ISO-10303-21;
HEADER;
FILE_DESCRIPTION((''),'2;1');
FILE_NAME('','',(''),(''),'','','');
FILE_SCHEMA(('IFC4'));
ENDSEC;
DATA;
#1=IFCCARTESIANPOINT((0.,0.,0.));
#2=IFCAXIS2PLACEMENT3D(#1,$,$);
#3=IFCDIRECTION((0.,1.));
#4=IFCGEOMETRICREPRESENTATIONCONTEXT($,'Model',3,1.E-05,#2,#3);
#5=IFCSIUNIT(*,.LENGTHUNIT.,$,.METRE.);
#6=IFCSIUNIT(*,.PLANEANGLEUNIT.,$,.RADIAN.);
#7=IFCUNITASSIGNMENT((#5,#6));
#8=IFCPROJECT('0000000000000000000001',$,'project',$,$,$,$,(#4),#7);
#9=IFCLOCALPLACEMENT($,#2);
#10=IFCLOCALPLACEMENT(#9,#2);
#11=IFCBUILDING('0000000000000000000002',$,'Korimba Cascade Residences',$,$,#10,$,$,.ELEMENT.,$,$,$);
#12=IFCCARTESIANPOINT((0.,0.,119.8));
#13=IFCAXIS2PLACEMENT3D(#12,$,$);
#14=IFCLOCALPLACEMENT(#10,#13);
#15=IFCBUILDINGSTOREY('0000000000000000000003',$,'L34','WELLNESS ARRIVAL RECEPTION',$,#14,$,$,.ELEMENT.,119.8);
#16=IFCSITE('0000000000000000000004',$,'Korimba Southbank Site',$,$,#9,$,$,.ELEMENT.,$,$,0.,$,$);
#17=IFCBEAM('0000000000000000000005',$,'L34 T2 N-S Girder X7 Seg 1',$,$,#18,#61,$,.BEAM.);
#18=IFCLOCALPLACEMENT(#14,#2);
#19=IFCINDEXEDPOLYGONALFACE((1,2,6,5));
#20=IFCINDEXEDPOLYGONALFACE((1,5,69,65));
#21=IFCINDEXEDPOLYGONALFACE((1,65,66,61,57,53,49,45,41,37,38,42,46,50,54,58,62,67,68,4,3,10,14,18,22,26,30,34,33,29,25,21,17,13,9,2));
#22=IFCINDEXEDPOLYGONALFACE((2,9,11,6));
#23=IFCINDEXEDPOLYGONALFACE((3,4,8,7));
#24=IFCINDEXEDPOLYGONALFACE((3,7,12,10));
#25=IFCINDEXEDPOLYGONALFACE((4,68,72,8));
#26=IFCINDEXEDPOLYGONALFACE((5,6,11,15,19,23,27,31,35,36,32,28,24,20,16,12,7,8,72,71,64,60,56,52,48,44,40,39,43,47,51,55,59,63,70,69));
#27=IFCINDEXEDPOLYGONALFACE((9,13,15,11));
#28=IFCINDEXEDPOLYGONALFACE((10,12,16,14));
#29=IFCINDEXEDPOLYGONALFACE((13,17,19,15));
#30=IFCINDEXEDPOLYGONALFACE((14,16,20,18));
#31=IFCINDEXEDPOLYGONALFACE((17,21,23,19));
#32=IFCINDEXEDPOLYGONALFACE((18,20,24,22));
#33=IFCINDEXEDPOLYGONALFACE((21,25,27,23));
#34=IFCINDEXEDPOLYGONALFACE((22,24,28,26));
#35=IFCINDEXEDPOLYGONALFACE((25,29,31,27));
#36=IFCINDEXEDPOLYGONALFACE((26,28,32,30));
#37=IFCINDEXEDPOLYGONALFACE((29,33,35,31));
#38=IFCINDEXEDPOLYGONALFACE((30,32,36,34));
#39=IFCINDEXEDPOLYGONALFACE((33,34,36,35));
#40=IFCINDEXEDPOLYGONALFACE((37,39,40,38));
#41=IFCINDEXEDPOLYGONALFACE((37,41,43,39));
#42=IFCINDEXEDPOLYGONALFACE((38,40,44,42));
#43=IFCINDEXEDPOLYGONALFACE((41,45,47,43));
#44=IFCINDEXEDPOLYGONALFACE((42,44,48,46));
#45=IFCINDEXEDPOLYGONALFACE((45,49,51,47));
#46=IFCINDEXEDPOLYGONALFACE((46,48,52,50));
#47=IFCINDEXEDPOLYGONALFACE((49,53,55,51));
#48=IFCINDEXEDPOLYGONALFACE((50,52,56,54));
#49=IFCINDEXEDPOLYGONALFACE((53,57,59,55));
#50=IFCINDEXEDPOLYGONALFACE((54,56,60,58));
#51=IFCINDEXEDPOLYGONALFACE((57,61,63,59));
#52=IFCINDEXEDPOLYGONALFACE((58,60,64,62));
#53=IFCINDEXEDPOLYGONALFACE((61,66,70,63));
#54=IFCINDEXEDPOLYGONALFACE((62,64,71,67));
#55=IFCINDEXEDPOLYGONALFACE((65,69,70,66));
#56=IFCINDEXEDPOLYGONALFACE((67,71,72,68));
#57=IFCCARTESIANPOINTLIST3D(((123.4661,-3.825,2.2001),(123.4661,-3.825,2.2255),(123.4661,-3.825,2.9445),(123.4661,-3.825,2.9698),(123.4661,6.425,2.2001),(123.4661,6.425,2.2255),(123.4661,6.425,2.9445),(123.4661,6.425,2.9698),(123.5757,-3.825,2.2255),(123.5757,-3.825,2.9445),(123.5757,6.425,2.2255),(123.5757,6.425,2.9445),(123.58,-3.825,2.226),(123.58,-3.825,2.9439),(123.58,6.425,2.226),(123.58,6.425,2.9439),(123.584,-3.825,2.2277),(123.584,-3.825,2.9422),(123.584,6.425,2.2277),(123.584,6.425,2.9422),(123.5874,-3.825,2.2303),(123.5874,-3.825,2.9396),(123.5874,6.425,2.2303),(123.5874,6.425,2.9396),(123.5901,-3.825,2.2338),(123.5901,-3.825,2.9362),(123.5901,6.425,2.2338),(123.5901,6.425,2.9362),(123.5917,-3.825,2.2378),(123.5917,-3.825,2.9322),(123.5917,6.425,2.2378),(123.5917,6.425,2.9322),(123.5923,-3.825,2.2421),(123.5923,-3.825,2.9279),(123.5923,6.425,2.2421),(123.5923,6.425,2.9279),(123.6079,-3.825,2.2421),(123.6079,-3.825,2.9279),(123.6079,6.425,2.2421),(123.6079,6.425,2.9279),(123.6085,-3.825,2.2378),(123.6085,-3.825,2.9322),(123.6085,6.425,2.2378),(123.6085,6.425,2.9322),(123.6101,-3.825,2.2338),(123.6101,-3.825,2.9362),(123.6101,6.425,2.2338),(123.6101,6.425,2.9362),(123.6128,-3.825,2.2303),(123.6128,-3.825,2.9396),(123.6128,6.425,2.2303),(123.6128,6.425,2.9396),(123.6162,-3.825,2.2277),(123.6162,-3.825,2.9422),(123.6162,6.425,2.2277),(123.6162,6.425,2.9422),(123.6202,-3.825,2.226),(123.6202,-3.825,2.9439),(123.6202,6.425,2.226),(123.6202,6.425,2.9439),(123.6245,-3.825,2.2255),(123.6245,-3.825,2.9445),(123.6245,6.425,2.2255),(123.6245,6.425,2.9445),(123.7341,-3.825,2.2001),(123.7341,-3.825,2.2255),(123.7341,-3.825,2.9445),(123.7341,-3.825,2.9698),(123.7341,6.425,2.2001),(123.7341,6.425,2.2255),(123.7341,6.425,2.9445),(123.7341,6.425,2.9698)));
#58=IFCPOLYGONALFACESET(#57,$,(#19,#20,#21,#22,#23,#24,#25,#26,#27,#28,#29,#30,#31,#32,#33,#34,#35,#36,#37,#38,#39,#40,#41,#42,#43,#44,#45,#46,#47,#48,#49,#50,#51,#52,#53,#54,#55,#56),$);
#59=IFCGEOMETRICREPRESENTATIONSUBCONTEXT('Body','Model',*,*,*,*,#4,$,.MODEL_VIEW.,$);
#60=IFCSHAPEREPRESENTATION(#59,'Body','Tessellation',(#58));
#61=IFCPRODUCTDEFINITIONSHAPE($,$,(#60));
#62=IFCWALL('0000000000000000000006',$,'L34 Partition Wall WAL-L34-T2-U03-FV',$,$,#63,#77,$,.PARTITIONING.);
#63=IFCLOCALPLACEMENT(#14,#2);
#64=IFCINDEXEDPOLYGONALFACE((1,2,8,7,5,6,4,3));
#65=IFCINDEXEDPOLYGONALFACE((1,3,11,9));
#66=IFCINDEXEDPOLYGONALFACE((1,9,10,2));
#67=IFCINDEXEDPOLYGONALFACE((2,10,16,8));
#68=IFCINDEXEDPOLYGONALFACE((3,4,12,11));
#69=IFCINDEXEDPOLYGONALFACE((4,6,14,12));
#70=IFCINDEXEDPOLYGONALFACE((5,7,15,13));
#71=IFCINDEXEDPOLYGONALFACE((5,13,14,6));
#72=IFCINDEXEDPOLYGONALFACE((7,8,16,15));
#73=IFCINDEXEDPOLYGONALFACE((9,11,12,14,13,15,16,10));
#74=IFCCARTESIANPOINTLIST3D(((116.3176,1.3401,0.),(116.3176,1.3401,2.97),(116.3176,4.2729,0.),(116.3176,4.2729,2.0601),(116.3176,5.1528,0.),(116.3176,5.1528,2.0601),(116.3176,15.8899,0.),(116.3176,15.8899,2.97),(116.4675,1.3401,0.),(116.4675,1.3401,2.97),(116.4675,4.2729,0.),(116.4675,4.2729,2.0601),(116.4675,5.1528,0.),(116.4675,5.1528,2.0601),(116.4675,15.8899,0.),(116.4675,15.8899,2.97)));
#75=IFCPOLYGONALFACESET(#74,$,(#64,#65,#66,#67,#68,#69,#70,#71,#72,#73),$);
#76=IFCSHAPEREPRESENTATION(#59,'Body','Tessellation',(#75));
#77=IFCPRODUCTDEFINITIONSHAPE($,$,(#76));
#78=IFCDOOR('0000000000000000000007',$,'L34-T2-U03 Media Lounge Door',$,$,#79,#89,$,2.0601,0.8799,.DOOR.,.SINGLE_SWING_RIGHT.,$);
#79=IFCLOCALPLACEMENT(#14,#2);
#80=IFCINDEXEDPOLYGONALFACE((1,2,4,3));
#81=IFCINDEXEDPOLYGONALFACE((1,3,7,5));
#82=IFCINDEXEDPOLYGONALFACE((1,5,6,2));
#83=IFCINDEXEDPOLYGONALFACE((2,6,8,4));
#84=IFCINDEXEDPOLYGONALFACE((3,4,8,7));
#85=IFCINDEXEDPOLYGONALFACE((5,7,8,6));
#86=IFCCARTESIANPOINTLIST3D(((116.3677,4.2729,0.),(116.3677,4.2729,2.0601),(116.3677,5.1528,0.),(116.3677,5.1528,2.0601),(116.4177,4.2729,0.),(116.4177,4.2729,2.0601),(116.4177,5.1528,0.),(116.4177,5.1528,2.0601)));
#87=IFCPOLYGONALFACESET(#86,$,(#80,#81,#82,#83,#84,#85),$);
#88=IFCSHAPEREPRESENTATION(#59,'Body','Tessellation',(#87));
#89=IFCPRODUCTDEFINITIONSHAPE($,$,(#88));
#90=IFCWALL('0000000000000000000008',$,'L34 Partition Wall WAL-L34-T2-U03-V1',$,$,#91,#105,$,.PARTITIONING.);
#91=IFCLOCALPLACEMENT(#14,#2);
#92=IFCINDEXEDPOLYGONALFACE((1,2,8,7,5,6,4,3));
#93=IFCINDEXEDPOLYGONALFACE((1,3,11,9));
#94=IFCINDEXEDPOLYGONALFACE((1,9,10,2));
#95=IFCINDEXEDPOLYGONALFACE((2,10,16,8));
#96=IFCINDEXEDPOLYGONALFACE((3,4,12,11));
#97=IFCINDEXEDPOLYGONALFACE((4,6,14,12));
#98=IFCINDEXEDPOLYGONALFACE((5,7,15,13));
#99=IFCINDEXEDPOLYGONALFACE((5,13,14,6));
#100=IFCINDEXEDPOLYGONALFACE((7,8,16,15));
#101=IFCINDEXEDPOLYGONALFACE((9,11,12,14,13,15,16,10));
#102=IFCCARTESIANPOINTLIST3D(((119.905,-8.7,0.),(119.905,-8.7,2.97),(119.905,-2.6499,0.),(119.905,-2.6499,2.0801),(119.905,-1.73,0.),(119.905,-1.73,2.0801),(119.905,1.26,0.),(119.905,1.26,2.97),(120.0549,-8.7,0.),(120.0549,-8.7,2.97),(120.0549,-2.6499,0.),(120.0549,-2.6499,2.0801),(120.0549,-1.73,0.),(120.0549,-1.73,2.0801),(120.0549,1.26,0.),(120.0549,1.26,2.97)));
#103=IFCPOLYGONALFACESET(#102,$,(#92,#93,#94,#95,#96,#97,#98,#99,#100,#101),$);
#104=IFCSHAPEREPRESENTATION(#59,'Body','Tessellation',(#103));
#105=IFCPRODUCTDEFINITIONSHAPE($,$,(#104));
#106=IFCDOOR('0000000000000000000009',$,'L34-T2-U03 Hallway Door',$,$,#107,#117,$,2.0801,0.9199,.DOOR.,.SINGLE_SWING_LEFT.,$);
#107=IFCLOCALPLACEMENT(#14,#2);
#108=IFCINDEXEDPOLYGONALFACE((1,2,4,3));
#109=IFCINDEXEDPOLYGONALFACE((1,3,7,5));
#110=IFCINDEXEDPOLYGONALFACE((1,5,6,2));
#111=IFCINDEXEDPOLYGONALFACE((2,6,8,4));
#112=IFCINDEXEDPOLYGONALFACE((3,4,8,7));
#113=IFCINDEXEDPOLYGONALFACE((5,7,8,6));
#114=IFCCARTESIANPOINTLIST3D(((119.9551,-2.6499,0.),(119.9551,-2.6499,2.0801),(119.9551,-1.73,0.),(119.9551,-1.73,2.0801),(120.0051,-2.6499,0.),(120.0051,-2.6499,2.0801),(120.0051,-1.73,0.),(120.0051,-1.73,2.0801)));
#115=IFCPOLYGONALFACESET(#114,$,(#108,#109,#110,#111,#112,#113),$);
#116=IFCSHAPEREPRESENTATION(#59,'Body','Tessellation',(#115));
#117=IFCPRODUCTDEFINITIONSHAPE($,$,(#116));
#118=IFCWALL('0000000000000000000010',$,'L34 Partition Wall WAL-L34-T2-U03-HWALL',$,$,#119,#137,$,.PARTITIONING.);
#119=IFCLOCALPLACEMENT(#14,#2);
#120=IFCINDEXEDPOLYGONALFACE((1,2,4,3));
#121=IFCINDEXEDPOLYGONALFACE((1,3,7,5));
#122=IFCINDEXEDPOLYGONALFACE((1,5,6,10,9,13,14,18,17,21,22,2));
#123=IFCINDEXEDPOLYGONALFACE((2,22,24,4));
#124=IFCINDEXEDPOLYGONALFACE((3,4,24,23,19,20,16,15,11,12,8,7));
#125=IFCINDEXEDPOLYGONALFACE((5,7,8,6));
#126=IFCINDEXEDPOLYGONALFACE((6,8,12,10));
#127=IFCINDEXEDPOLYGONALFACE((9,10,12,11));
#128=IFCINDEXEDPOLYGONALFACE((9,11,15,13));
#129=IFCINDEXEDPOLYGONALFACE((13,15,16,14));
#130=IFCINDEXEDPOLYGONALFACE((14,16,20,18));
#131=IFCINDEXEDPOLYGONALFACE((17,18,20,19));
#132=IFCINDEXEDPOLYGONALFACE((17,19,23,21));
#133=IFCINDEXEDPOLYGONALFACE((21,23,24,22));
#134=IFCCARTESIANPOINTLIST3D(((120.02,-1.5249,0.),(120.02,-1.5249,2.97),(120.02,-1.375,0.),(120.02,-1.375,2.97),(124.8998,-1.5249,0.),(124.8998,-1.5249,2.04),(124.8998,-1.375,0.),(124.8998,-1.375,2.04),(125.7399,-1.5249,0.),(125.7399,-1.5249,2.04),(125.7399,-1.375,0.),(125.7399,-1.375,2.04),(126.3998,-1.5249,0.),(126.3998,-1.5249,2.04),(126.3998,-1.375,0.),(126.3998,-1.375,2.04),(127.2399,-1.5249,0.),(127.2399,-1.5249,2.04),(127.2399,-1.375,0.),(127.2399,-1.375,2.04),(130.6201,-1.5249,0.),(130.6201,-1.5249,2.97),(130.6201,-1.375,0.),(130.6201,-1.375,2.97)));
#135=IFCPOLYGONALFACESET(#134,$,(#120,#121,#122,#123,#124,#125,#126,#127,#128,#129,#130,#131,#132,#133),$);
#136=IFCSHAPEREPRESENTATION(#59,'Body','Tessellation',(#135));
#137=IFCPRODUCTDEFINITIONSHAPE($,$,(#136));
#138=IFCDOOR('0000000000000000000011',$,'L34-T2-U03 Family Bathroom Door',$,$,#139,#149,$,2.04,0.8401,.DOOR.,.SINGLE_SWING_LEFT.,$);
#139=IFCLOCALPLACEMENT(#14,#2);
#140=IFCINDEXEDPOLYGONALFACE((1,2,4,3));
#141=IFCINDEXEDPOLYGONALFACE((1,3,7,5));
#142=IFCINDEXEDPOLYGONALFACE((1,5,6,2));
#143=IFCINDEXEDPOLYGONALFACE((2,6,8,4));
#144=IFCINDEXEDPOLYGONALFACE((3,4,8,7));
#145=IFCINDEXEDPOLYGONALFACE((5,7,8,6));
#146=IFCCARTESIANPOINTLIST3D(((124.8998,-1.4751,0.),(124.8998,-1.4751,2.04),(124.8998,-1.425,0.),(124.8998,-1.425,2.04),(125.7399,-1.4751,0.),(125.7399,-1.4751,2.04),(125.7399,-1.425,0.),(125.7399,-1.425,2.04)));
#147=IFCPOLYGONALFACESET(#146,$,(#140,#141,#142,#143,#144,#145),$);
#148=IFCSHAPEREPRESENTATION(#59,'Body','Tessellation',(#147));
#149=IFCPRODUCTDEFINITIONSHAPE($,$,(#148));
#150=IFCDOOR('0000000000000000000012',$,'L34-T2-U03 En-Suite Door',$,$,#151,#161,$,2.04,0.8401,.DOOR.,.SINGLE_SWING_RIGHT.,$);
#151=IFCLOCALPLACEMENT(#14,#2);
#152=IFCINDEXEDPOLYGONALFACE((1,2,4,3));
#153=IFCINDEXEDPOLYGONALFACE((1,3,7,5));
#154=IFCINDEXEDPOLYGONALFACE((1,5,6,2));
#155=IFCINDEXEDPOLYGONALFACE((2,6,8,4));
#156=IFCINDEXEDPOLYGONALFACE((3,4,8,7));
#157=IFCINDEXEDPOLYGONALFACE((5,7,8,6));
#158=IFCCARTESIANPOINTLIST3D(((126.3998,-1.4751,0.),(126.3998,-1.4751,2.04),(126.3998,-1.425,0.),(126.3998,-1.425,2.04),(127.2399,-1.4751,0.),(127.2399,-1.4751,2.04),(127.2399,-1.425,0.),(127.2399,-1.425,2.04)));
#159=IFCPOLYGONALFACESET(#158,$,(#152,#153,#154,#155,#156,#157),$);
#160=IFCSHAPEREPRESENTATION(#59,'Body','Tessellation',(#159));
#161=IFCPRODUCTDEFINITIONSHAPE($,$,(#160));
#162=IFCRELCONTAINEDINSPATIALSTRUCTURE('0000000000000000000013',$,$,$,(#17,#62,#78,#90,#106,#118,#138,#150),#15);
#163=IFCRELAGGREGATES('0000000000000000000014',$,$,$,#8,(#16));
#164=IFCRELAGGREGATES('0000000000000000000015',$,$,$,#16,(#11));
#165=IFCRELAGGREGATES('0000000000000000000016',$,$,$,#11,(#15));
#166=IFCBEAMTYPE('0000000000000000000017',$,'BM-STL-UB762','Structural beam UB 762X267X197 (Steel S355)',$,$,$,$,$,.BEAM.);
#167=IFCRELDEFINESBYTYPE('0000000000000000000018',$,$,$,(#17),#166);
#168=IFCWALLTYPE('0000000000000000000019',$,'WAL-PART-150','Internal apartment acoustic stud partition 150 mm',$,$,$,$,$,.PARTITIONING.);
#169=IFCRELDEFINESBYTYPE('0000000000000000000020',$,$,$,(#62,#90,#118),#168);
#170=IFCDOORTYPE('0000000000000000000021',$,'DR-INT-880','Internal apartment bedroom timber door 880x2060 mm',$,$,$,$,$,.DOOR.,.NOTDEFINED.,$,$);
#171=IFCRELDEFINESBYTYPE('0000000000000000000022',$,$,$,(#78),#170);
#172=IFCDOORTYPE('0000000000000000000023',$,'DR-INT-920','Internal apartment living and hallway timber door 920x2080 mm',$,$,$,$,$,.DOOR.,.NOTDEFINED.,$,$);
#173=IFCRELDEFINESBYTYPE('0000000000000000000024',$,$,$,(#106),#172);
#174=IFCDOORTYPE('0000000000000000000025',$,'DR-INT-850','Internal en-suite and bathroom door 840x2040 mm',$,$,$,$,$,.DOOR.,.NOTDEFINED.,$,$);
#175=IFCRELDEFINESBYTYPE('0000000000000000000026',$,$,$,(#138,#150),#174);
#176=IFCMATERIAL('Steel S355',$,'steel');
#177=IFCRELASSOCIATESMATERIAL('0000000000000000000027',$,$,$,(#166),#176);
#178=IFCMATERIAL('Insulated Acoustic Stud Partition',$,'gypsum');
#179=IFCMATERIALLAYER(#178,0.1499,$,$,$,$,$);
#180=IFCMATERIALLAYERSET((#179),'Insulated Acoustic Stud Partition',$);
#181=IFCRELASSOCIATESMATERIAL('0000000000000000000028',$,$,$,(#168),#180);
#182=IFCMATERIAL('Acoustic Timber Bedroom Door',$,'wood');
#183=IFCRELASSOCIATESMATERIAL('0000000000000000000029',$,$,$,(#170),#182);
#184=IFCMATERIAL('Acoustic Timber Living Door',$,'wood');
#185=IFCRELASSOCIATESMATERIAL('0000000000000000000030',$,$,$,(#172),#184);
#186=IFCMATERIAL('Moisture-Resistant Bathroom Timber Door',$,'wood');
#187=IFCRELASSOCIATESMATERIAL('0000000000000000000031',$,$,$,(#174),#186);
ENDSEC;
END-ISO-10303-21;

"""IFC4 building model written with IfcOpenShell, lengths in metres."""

from ifc_helpers import new_model, si_unit, direction, frame, frame_2d, origin, origin_2d, place, context, subcontext, project, spatial, rectangle, i_section, extrude, material, layer, layer_set, material_profile, profile_set, type_object, element, fill, save


model = new_model("IFC4")

# Units and contexts
model_context = context("Model", 3, precision=1e-05, world=origin(), true_north=direction((0.0, 1.0)))
body_context = subcontext(model_context, "Body", "Model", "MODEL_VIEW")
ifc_project = project(units=[si_unit("LENGTHUNIT", "METRE"), si_unit("PLANEANGLEUNIT", "RADIAN")], contexts=[model_context])

# Site, building, storey
site_placement = place(None, origin())
site = spatial("IfcSite", under=ifc_project, at=site_placement, Name="Korimba Southbank Site", CompositionType="ELEMENT", RefElevation=0.0)
building_placement = place(site_placement, origin())
building = spatial("IfcBuilding", under=site, at=building_placement, Name="Korimba Cascade Residences", CompositionType="ELEMENT")
storey_placement = place(building_placement, frame((0.0, 0.0, 119.8)))
storey = spatial("IfcBuildingStorey", under=building, at=storey_placement, Name="L34", Description="WELLNESS ARRIVAL RECEPTION", CompositionType="ELEMENT", Elevation=119.8)

# Beam
ifc_material_1 = material(Name="Steel S355", Category="steel")
ifc_material_profile_1 = material_profile(ifc_material_1, i_section(OverallWidth=0.2681, OverallDepth=0.7698, WebThickness=0.0156, FlangeThickness=0.0254, FilletRadius=0.0166, at=origin_2d()), Name="Steel S355")
ifc_profile_set_1 = profile_set([ifc_material_profile_1], Name="Steel S355")
beam_type_1 = type_object("IfcBeamType", Name="BM-STL-UB762", Description="Structural beam UB 762X267X197 (Steel S355)", PredefinedType="BEAM", material=ifc_profile_set_1)
for number, where, z_axis, x_axis, name in (
    (1, (123.6001, -3.825, 2.585), (0.0, 1.0, 0.0), (-1.0, 0.0, 0.0), "L34 T2 N-S Girder X7 Seg 1"),
):
    element("IfcBeam", number, at=place(storey_placement, frame(where, z_axis=z_axis, x_axis=x_axis)), inside=storey, type_object=beam_type_1, Name=name, PredefinedType="BEAM", context=body_context, shape_type="SweptSolid", body=[
        extrude(i_section(OverallWidth=0.2681, OverallDepth=0.7698, WebThickness=0.0156, FlangeThickness=0.0254, FilletRadius=0.0166, at=origin_2d()), origin(), (0.0, 0.0, 1.0), 10.25),
    ])

# Walls, openings, doors
ifc_material_2 = material(Name="Insulated Acoustic Stud Partition", Category="gypsum")
ifc_layer = layer(ifc_material_2, 0.1499)
ifc_layer_set = layer_set([ifc_layer], Name="Insulated Acoustic Stud Partition")
wall_type = type_object("IfcWallType", Name="WAL-PART-150", Description="Internal apartment acoustic stud partition 150 mm", PredefinedType="PARTITIONING", material=ifc_layer_set)
wall_1_placement = place(storey_placement, frame((116.3926, 1.3401, 0.0), z_axis=(0.0, 0.0, 1.0), x_axis=(0.0, 1.0, 0.0)))
wall_1 = element("IfcWall", 2, at=wall_1_placement, inside=storey, type_object=wall_type, Name="L34 Partition Wall WAL-L34-T2-U03-FV", PredefinedType="PARTITIONING", context=body_context, shape_type="SweptSolid", body=[
    extrude(rectangle(XDim=14.5498, YDim=0.1499, at=frame_2d((7.2749, 0.0))), origin(), (0.0, 0.0, 1.0), 2.97),
])
opening_1_placement = place(wall_1_placement, frame((2.9329, 0.0, 0.0)))
opening_1 = element("IfcOpeningElement", 3, at=opening_1_placement, cuts=wall_1, PredefinedType="OPENING", context=body_context, shape_type="SweptSolid", body=[
    extrude(rectangle(XDim=0.8799, YDim=2.0601, at=frame_2d((0.4399, 1.03))), frame((0.0, 0.085, 0.0), z_axis=(0.0, -1.0, 0.0), x_axis=(1.0, 0.0, 0.0)), (0.0, 0.0, 1.0), 0.1699),
])
ifc_material_3 = material(Name="Acoustic Timber Bedroom Door", Category="wood")
door_type_1 = type_object("IfcDoorType", Name="DR-INT-880", Description="Internal apartment bedroom timber door 880x2060 mm", OperationType="NOTDEFINED", PredefinedType="DOOR", material=ifc_material_3)
door_1_placement = place(opening_1_placement, origin())
door_1 = element("IfcDoor", 4, at=door_1_placement, inside=storey, type_object=door_type_1, Name="L34-T2-U03 Media Lounge Door", OperationType="SINGLE_SWING_RIGHT", OverallHeight=2.0601, OverallWidth=0.8799, PredefinedType="DOOR", context=body_context, shape_type="SweptSolid", body=[
    extrude(rectangle(XDim=0.8799, YDim=2.0601, at=frame_2d((0.4399, 1.03))), frame((0.0, 0.0249, 0.0), z_axis=(0.0, -1.0, 0.0), x_axis=(1.0, 0.0, 0.0)), (0.0, 0.0, 1.0), 0.05),
])
fill(opening_1, door_1)
wall_2_placement = place(storey_placement, frame((119.98, -8.7, 0.0), z_axis=(0.0, 0.0, 1.0), x_axis=(0.0, 1.0, 0.0)))
wall_2 = element("IfcWall", 5, at=wall_2_placement, inside=storey, type_object=wall_type, Name="L34 Partition Wall WAL-L34-T2-U03-V1", PredefinedType="PARTITIONING", context=body_context, shape_type="SweptSolid", body=[
    extrude(rectangle(XDim=9.96, YDim=0.1499, at=frame_2d((4.98, 0.0))), origin(), (0.0, 0.0, 1.0), 2.97),
])
opening_2_placement = place(wall_2_placement, frame((6.05, 0.0, 0.0)))
opening_2 = element("IfcOpeningElement", 6, at=opening_2_placement, cuts=wall_2, PredefinedType="OPENING", context=body_context, shape_type="SweptSolid", body=[
    extrude(rectangle(XDim=0.9199, YDim=2.0801, at=frame_2d((0.46, 1.04))), frame((0.0, 0.085, 0.0), z_axis=(0.0, -1.0, 0.0), x_axis=(1.0, 0.0, 0.0)), (0.0, 0.0, 1.0), 0.1699),
])
ifc_material_4 = material(Name="Acoustic Timber Living Door", Category="wood")
door_type_2 = type_object("IfcDoorType", Name="DR-INT-920", Description="Internal apartment living and hallway timber door 920x2080 mm", OperationType="NOTDEFINED", PredefinedType="DOOR", material=ifc_material_4)
door_2_placement = place(opening_2_placement, origin())
door_2 = element("IfcDoor", 7, at=door_2_placement, inside=storey, type_object=door_type_2, Name="L34-T2-U03 Hallway Door", OperationType="SINGLE_SWING_LEFT", OverallHeight=2.0801, OverallWidth=0.9199, PredefinedType="DOOR", context=body_context, shape_type="SweptSolid", body=[
    extrude(rectangle(XDim=0.9199, YDim=2.0801, at=frame_2d((0.46, 1.04))), frame((0.0, 0.0249, 0.0), z_axis=(0.0, -1.0, 0.0), x_axis=(1.0, 0.0, 0.0)), (0.0, 0.0, 1.0), 0.05),
])
fill(opening_2, door_2)

# Wall, openings, doors
wall_3_placement = place(storey_placement, frame((120.02, -1.45, 0.0), z_axis=(0.0, 0.0, 1.0), x_axis=(1.0, 0.0, 0.0)))
wall_3 = element("IfcWall", 8, at=wall_3_placement, inside=storey, type_object=wall_type, Name="L34 Partition Wall WAL-L34-T2-U03-HWALL", PredefinedType="PARTITIONING", context=body_context, shape_type="SweptSolid", body=[
    extrude(rectangle(XDim=10.6001, YDim=0.1499, at=frame_2d((5.3, 0.0))), origin(), (0.0, 0.0, 1.0), 2.97),
])
opening_3_placement = place(wall_3_placement, frame((4.8799, 0.0, 0.0)))
opening_3 = element("IfcOpeningElement", 9, at=opening_3_placement, cuts=wall_3, PredefinedType="OPENING", context=body_context, shape_type="SweptSolid", body=[
    extrude(rectangle(XDim=0.8401, YDim=2.04, at=frame_2d((0.4199, 1.02))), frame((0.0, 0.085, 0.0), z_axis=(0.0, -1.0, 0.0), x_axis=(1.0, 0.0, 0.0)), (0.0, 0.0, 1.0), 0.1699),
])
opening_4_placement = place(wall_3_placement, frame((6.3799, 0.0, 0.0)))
opening_4 = element("IfcOpeningElement", 10, at=opening_4_placement, cuts=wall_3, PredefinedType="OPENING", context=body_context, shape_type="SweptSolid", body=[
    extrude(rectangle(XDim=0.8401, YDim=2.04, at=frame_2d((0.4199, 1.02))), frame((0.0, 0.085, 0.0), z_axis=(0.0, -1.0, 0.0), x_axis=(1.0, 0.0, 0.0)), (0.0, 0.0, 1.0), 0.1699),
])
ifc_material_5 = material(Name="Moisture-Resistant Bathroom Timber Door", Category="wood")
door_type_3 = type_object("IfcDoorType", Name="DR-INT-850", Description="Internal en-suite and bathroom door 840x2040 mm", OperationType="NOTDEFINED", PredefinedType="DOOR", material=ifc_material_5)
door_3_placement = place(opening_3_placement, origin())
door_3 = element("IfcDoor", 11, at=door_3_placement, inside=storey, type_object=door_type_3, Name="L34-T2-U03 Family Bathroom Door", OperationType="SINGLE_SWING_LEFT", OverallHeight=2.04, OverallWidth=0.8401, PredefinedType="DOOR", context=body_context, shape_type="SweptSolid", body=[
    extrude(rectangle(XDim=0.8401, YDim=2.04, at=frame_2d((0.4199, 1.02))), frame((0.0, 0.0249, 0.0), z_axis=(0.0, -1.0, 0.0), x_axis=(1.0, 0.0, 0.0)), (0.0, 0.0, 1.0), 0.05),
])
fill(opening_3, door_3)
door_4_placement = place(opening_4_placement, origin())
door_4 = element("IfcDoor", 12, at=door_4_placement, inside=storey, type_object=door_type_3, Name="L34-T2-U03 En-Suite Door", OperationType="SINGLE_SWING_RIGHT", OverallHeight=2.04, OverallWidth=0.8401, PredefinedType="DOOR", context=body_context, shape_type="SweptSolid", body=[
    extrude(rectangle(XDim=0.8401, YDim=2.04, at=frame_2d((0.4199, 1.02))), frame((0.0, 0.0249, 0.0), z_axis=(0.0, -1.0, 0.0), x_axis=(1.0, 0.0, 0.0)), (0.0, 0.0, 1.0), 0.05),
])
fill(opening_4, door_4)

save(model, "model.ifc")
